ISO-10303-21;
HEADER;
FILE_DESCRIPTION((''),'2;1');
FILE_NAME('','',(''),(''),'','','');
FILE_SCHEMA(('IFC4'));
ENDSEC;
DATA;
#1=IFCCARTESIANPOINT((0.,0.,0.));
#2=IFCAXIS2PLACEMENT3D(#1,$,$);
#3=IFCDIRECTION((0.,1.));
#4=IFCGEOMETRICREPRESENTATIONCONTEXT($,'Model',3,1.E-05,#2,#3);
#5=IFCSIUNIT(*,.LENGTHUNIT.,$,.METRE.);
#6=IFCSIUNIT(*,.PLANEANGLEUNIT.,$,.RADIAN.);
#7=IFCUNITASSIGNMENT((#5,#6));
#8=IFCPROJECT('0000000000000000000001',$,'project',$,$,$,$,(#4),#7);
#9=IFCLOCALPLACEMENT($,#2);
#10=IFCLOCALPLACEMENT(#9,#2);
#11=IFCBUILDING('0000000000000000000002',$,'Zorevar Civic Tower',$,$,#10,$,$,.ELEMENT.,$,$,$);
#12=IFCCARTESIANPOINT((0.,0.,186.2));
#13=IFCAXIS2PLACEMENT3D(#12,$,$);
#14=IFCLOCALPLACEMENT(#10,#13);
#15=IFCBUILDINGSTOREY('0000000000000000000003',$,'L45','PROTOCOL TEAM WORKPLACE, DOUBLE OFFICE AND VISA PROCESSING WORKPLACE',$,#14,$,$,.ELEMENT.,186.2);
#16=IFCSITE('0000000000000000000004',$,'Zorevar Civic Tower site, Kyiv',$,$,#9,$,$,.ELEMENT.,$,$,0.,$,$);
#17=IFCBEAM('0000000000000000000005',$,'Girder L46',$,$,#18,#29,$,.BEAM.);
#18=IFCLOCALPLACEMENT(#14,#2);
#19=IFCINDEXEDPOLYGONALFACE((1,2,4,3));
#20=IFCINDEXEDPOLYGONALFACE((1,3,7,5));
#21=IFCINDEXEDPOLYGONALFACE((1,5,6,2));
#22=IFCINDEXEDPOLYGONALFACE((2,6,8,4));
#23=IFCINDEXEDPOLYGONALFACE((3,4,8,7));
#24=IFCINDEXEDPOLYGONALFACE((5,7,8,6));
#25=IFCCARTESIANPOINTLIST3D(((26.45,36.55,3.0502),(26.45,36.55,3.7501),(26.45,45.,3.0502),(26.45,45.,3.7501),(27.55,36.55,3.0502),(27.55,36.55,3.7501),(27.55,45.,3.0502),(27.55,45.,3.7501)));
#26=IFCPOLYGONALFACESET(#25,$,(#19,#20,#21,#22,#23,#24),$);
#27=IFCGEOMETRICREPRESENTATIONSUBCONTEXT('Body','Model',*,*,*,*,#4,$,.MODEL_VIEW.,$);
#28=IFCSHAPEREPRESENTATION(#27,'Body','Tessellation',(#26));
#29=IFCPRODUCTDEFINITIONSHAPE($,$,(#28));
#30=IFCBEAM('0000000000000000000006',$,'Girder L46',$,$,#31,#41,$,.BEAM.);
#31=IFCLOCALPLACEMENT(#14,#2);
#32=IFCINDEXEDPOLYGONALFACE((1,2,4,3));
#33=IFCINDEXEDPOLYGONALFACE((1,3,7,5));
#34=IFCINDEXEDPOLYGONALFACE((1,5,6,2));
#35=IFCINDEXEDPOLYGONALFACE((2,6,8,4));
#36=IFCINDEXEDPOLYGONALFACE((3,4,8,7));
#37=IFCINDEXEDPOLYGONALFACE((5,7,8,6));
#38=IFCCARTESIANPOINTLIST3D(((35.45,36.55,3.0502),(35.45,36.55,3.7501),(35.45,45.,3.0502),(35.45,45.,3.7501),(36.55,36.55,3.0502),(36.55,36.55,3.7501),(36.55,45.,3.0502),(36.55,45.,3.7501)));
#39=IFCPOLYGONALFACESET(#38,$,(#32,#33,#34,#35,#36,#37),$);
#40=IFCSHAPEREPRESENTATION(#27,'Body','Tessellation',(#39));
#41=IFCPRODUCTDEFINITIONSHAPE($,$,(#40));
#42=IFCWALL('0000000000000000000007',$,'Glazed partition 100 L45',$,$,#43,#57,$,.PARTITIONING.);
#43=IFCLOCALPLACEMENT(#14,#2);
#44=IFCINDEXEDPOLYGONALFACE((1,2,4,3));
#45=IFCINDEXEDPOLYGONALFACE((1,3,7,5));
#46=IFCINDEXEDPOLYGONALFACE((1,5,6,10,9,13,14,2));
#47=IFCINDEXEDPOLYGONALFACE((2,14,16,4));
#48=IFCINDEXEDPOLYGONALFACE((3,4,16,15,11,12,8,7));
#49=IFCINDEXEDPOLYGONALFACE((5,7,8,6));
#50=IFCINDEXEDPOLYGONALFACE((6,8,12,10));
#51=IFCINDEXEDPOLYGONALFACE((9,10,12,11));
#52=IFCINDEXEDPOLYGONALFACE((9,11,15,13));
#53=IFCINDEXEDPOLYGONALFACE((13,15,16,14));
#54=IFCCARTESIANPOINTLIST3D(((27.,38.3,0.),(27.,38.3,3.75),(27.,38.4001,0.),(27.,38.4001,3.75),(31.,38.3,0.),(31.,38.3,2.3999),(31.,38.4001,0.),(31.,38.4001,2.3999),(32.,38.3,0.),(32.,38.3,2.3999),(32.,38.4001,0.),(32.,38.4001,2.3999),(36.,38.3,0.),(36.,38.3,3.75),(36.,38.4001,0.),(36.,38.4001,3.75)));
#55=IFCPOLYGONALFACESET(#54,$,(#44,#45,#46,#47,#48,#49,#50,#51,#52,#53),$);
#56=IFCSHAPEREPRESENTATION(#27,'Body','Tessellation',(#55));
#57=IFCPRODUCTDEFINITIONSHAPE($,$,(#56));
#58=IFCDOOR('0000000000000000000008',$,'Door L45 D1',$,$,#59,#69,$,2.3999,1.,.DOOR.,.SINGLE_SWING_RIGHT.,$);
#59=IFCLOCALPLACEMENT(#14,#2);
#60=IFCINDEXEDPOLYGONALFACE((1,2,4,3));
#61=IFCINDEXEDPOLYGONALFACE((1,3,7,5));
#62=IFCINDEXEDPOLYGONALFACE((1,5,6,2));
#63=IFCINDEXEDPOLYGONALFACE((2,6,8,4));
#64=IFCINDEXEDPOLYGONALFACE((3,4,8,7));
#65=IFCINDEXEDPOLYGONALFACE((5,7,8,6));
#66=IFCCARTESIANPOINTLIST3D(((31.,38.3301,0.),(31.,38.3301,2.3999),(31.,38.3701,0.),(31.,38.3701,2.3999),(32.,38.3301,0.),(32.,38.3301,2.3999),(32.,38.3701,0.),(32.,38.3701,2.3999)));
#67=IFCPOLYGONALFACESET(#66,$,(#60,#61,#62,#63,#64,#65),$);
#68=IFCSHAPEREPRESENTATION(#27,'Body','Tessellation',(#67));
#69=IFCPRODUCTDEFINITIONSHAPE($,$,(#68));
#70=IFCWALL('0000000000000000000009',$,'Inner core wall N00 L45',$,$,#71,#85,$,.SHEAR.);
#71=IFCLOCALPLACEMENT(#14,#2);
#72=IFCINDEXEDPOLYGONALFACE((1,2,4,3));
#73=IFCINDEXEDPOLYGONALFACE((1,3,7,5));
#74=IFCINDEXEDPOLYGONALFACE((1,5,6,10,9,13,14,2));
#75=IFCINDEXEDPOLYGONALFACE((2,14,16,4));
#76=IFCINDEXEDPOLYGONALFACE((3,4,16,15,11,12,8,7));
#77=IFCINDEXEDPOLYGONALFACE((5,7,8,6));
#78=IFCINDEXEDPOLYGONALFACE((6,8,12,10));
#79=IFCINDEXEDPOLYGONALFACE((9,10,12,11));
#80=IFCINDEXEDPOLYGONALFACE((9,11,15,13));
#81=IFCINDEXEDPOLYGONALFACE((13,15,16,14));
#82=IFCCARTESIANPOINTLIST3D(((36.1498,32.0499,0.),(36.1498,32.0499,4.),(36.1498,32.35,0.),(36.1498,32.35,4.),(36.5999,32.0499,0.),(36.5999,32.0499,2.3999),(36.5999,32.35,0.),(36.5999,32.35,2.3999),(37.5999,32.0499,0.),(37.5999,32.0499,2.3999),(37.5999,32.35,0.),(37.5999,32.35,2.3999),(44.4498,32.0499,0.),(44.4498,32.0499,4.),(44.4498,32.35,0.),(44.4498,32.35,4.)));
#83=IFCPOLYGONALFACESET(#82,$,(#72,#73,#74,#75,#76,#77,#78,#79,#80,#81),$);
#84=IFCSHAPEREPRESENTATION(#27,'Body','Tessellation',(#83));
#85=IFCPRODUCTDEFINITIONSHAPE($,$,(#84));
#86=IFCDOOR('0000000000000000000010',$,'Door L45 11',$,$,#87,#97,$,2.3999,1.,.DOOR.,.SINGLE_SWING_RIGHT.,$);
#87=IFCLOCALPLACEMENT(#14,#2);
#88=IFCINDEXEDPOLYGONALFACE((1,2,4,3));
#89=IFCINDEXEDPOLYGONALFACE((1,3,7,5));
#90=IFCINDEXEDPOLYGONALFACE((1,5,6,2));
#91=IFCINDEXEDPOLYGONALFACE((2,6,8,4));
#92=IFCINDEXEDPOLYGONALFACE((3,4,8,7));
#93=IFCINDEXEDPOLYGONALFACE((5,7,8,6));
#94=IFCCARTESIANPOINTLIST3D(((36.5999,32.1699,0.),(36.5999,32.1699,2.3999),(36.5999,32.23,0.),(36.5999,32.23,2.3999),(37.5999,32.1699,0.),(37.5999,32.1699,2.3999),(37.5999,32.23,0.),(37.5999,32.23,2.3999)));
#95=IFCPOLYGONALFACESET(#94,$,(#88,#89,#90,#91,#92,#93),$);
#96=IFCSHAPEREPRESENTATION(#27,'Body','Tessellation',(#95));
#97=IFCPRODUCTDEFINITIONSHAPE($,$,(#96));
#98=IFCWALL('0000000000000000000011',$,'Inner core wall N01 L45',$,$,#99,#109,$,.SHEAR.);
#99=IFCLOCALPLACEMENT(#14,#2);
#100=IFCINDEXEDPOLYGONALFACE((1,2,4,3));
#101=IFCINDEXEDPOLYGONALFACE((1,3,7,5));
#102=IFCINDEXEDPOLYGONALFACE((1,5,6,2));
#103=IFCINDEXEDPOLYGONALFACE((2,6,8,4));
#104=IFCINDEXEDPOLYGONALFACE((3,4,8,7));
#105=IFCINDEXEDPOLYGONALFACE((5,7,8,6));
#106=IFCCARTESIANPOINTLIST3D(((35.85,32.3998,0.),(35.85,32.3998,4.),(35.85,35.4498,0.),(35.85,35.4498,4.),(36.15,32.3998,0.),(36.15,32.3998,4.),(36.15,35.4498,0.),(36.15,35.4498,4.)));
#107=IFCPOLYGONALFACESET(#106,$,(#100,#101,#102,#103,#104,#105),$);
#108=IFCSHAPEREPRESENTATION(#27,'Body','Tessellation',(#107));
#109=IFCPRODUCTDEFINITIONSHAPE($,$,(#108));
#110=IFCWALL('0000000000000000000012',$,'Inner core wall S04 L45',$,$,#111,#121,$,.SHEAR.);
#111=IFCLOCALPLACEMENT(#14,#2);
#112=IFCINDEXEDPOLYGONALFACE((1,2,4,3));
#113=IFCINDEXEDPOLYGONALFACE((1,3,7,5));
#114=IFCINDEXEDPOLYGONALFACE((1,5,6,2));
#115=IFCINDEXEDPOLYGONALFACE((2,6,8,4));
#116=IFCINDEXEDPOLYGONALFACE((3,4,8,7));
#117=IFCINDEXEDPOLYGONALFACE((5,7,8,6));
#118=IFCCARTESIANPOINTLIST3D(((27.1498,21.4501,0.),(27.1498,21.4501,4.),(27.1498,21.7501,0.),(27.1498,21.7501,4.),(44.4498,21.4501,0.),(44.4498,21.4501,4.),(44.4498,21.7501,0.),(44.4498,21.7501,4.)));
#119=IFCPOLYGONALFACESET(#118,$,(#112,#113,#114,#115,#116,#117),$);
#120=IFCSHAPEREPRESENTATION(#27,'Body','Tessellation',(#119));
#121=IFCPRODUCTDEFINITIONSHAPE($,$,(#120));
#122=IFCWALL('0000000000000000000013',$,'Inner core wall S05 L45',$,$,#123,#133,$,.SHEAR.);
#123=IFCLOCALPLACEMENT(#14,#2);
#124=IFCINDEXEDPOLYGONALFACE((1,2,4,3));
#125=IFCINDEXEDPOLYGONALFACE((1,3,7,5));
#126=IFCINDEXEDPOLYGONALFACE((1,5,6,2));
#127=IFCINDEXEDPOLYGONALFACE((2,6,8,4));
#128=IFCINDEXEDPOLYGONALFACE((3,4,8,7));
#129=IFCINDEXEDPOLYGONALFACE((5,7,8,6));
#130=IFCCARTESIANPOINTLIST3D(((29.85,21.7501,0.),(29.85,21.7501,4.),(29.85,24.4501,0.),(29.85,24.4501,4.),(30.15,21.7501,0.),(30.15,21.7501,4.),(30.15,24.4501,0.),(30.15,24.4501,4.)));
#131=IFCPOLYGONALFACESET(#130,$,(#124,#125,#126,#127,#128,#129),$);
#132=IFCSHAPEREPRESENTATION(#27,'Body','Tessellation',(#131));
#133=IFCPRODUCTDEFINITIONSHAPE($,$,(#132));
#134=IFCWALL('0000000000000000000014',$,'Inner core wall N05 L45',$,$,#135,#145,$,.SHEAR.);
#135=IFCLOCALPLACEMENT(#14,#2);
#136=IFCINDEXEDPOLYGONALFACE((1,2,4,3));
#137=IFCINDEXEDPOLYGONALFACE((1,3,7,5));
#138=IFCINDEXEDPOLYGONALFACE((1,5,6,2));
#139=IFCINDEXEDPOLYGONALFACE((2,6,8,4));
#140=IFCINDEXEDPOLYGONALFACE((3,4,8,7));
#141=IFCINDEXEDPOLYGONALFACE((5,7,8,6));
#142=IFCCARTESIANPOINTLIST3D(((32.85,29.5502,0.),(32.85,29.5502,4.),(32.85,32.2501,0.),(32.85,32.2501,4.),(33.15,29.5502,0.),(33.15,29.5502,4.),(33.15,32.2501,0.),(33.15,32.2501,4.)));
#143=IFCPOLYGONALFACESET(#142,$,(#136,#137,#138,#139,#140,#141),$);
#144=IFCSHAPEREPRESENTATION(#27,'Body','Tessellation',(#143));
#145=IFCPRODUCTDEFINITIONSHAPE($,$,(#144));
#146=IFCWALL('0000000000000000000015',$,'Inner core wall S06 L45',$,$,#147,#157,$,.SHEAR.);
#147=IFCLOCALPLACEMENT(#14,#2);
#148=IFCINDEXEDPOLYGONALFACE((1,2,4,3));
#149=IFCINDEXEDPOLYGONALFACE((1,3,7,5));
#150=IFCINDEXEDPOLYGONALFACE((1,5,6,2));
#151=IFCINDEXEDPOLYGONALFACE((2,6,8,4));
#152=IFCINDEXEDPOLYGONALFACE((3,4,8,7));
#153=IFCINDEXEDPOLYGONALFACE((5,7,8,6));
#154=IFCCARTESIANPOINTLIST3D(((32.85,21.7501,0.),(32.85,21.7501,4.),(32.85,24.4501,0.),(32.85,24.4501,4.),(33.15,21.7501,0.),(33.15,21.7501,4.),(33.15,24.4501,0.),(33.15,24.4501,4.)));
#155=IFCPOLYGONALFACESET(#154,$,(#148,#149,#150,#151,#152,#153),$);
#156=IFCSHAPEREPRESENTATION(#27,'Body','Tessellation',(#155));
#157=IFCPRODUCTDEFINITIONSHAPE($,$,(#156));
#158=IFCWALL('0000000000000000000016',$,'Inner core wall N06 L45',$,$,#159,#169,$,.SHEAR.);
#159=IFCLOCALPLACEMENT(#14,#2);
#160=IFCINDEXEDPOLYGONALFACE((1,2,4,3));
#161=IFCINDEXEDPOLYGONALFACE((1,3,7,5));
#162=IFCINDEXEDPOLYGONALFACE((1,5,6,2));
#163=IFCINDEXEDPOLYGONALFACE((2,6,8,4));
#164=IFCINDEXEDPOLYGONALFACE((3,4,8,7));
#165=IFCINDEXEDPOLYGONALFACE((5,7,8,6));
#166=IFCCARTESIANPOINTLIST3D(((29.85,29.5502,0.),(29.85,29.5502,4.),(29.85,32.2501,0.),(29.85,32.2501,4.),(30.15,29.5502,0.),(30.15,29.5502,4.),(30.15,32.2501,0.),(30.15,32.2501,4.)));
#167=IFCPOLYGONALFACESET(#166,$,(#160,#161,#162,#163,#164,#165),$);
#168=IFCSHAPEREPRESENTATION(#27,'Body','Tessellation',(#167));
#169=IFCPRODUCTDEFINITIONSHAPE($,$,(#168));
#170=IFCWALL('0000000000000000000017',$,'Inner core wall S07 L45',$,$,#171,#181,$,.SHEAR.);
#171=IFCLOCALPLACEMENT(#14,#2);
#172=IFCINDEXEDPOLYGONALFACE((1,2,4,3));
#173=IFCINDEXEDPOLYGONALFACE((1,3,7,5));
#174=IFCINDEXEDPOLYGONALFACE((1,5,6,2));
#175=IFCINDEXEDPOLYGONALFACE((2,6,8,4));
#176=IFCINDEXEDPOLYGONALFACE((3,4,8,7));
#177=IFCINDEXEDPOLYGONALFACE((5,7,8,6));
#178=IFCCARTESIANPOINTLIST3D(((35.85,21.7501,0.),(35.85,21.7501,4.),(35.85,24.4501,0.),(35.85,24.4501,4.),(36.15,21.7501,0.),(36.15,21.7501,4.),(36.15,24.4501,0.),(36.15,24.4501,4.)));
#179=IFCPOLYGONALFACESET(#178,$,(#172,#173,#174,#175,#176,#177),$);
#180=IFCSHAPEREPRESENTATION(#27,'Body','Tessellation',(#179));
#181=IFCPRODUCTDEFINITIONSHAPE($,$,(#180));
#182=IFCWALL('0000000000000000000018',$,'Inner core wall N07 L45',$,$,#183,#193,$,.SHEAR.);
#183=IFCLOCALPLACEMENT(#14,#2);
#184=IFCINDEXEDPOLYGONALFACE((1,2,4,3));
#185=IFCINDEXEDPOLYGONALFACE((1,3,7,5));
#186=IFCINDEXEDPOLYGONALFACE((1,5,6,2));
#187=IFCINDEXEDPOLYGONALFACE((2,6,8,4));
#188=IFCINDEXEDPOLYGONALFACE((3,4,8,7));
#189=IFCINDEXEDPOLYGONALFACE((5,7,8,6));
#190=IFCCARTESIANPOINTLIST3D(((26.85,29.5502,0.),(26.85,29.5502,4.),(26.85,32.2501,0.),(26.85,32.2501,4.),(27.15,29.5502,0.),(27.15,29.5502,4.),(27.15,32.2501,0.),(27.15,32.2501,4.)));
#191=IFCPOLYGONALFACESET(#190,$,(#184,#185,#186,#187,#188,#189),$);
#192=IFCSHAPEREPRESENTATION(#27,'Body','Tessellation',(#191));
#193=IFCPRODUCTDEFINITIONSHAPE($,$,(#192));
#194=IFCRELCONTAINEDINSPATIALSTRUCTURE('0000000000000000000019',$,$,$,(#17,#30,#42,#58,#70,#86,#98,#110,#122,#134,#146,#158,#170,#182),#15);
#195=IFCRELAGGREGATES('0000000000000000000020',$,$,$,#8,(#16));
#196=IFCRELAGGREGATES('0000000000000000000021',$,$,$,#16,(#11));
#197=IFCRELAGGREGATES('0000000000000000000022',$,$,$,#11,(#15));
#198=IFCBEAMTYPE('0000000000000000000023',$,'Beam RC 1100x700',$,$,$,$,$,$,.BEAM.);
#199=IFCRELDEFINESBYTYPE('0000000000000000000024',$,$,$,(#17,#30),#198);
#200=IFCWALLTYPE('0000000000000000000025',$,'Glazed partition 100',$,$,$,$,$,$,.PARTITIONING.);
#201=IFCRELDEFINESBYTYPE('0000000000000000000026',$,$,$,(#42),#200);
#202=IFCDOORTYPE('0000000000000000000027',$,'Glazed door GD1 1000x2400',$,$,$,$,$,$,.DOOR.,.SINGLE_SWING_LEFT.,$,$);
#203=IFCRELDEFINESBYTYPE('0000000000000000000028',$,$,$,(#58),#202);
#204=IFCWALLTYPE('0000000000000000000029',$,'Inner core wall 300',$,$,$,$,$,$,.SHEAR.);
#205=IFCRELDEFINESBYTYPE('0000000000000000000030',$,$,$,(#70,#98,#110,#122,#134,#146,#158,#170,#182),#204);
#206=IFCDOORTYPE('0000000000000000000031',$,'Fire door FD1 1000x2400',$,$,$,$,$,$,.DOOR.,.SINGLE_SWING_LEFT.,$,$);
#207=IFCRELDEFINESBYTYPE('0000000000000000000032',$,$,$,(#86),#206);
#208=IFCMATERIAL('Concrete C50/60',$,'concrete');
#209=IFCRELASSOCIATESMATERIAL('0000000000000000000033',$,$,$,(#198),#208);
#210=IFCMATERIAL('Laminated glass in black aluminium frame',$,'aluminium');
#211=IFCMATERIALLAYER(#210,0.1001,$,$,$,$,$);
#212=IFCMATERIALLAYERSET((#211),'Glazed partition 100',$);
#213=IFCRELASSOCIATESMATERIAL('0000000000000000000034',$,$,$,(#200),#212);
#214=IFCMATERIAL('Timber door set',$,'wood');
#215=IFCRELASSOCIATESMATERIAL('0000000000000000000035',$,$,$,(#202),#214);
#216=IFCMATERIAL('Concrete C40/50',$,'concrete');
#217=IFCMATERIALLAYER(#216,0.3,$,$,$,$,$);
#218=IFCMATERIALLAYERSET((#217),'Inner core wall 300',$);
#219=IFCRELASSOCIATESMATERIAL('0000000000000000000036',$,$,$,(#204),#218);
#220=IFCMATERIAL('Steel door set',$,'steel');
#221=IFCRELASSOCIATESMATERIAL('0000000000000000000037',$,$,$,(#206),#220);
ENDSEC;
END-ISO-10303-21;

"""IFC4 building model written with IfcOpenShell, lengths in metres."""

from ifc_helpers import new_model, si_unit, direction, frame, frame_2d, origin, origin_2d, place, context, subcontext, project, spatial, rectangle, extrude, material, layer, layer_set, material_profile, profile_set, type_object, element, fill, save


model = new_model("IFC4")

# Units and contexts
model_context = context("Model", 3, precision=1e-05, world=origin(), true_north=direction((0.0, 1.0)))
body_context = subcontext(model_context, "Body", "Model", "MODEL_VIEW")
ifc_project = project(units=[si_unit("LENGTHUNIT", "METRE"), si_unit("PLANEANGLEUNIT", "RADIAN")], contexts=[model_context])

# Site, building, storey
site_placement = place(None, origin())
site = spatial("IfcSite", under=ifc_project, at=site_placement, Name="Zorevar Civic Tower site, Kyiv", CompositionType="ELEMENT", RefElevation=0.0)
building_placement = place(site_placement, origin())
building = spatial("IfcBuilding", under=site, at=building_placement, Name="Zorevar Civic Tower", CompositionType="ELEMENT")
storey_placement = place(building_placement, frame((0.0, 0.0, 186.2)))
storey = spatial("IfcBuildingStorey", under=building, at=storey_placement, Name="L45", Description="PROTOCOL TEAM WORKPLACE, DOUBLE OFFICE AND VISA PROCESSING WORKPLACE", CompositionType="ELEMENT", Elevation=186.2)

# Beams
ifc_material_1 = material(Name="Concrete C50/60", Category="concrete")
ifc_material_profile = material_profile(ifc_material_1, rectangle(XDim=1.1001, YDim=0.7, at=origin_2d()), Name="RC 1100x700")
ifc_profile_set = profile_set([ifc_material_profile], Name="Concrete C50/60")
beam_type = type_object("IfcBeamType", Name="Beam RC 1100x700", PredefinedType="BEAM", material=ifc_profile_set)
for number, where, z_axis, x_axis, name in (
    (1, (27.0, 36.55, 3.4001), (0.0, 1.0, 0.0), (-1.0, 0.0, 0.0), "Girder L46"),
    (2, (36.0, 36.55, 3.4001), (0.0, 1.0, 0.0), (-1.0, 0.0, 0.0), "Girder L46"),
):
    element("IfcBeam", number, at=place(storey_placement, frame(where, z_axis=z_axis, x_axis=x_axis)), inside=storey, type_object=beam_type, Name=name, PredefinedType="BEAM", context=body_context, shape_type="SweptSolid", body=[
        extrude(rectangle(XDim=1.1001, YDim=0.7, at=origin_2d()), origin(), (0.0, 0.0, 1.0), 8.45),
    ])

# Walls, openings, doors
ifc_material_2 = material(Name="Laminated glass in black aluminium frame", Category="aluminium")
ifc_layer_1 = layer(ifc_material_2, 0.1001)
ifc_layer_set_1 = layer_set([ifc_layer_1], Name="Glazed partition 100")
wall_type_1 = type_object("IfcWallType", Name="Glazed partition 100", PredefinedType="PARTITIONING", material=ifc_layer_set_1)
wall_1_placement = place(storey_placement, frame((27.0, 38.3501, 0.0), z_axis=(0.0, 0.0, 1.0), x_axis=(1.0, 0.0, 0.0)))
wall_1 = element("IfcWall", 3, at=wall_1_placement, inside=storey, type_object=wall_type_1, Name="Glazed partition 100 L45", PredefinedType="PARTITIONING", context=body_context, shape_type="SweptSolid", body=[
    extrude(rectangle(XDim=9.0, YDim=0.1001, at=frame_2d((4.5, 0.0))), origin(), (0.0, 0.0, 1.0), 3.75),
])
opening_1_placement = place(wall_1_placement, frame((4.0, 0.0, 0.0)))
opening_1 = element("IfcOpeningElement", 4, at=opening_1_placement, cuts=wall_1, PredefinedType="OPENING", context=body_context, shape_type="SweptSolid", body=[
    extrude(rectangle(XDim=1.0, YDim=2.3999, at=frame_2d((0.5, 1.2))), frame((0.0, 0.0601, 0.0), z_axis=(0.0, -1.0, 0.0), x_axis=(1.0, 0.0, 0.0)), (0.0, 0.0, 1.0), 0.1201),
])
ifc_material_3 = material(Name="Timber door set", Category="wood")
door_type_1 = type_object("IfcDoorType", Name="Glazed door GD1 1000x2400", OperationType="SINGLE_SWING_LEFT", PredefinedType="DOOR", material=ifc_material_3)
door_1_placement = place(opening_1_placement, origin())
door_1 = element("IfcDoor", 5, at=door_1_placement, inside=storey, type_object=door_type_1, Name="Door L45 D1", OperationType="SINGLE_SWING_RIGHT", OverallHeight=2.3999, OverallWidth=1.0, PredefinedType="DOOR", context=body_context, shape_type="SweptSolid", body=[
    extrude(rectangle(XDim=1.0, YDim=2.3999, at=frame_2d((0.5, 1.2))), frame((0.0, 0.02, 0.0), z_axis=(0.0, -1.0, 0.0), x_axis=(1.0, 0.0, 0.0)), (0.0, 0.0, 1.0), 0.04),
])
fill(opening_1, door_1)
ifc_material_4 = material(Name="Concrete C40/50", Category="concrete")
ifc_layer_2 = layer(ifc_material_4, 0.3)
ifc_layer_set_2 = layer_set([ifc_layer_2], Name="Inner core wall 300")
wall_type_2 = type_object("IfcWallType", Name="Inner core wall 300", PredefinedType="SHEAR", material=ifc_layer_set_2)
wall_2_placement = place(storey_placement, frame((36.1499, 32.2, 0.0), z_axis=(0.0, 0.0, 1.0), x_axis=(1.0, 0.0, 0.0)))
wall_2 = element("IfcWall", 6, at=wall_2_placement, inside=storey, type_object=wall_type_2, Name="Inner core wall N00 L45", PredefinedType="SHEAR", context=body_context, shape_type="SweptSolid", body=[
    extrude(rectangle(XDim=8.3, YDim=0.3, at=frame_2d((4.1499, 0.0))), origin(), (0.0, 0.0, 1.0), 4.0),
])
opening_2_placement = place(wall_2_placement, frame((0.45, 0.0, 0.0)))
opening_2 = element("IfcOpeningElement", 7, at=opening_2_placement, cuts=wall_2, PredefinedType="OPENING", context=body_context, shape_type="SweptSolid", body=[
    extrude(rectangle(XDim=1.0, YDim=2.3999, at=frame_2d((0.5, 1.2))), frame((0.0, 0.1599, 0.0), z_axis=(0.0, -1.0, 0.0), x_axis=(1.0, 0.0, 0.0)), (0.0, 0.0, 1.0), 0.3201),
])
ifc_material_5 = material(Name="Steel door set", Category="steel")
door_type_2 = type_object("IfcDoorType", Name="Fire door FD1 1000x2400", OperationType="SINGLE_SWING_LEFT", PredefinedType="DOOR", material=ifc_material_5)
door_2_placement = place(opening_2_placement, origin())
door_2 = element("IfcDoor", 8, at=door_2_placement, inside=storey, type_object=door_type_2, Name="Door L45 11", OperationType="SINGLE_SWING_RIGHT", OverallHeight=2.3999, OverallWidth=1.0, PredefinedType="DOOR", context=body_context, shape_type="SweptSolid", body=[
    extrude(rectangle(XDim=1.0, YDim=2.3999, at=frame_2d((0.5, 1.2))), frame((0.0, 0.03, 0.0), z_axis=(0.0, -1.0, 0.0), x_axis=(1.0, 0.0, 0.0)), (0.0, 0.0, 1.0), 0.0601),
])
fill(opening_2, door_2)

# Walls
wall_3_placement = place(storey_placement, frame((36.0, 32.3999, 0.0), z_axis=(0.0, 0.0, 1.0), x_axis=(0.0, 1.0, 0.0)))
element("IfcWall", 9, at=wall_3_placement, inside=storey, type_object=wall_type_2, Name="Inner core wall N01 L45", PredefinedType="SHEAR", context=body_context, shape_type="SweptSolid", body=[
    extrude(rectangle(XDim=3.05, YDim=0.3, at=frame_2d((1.5249, 0.0))), origin(), (0.0, 0.0, 1.0), 4.0),
])
wall_4_placement = place(storey_placement, frame((27.1499, 21.6001, 0.0), z_axis=(0.0, 0.0, 1.0), x_axis=(1.0, 0.0, 0.0)))
element("IfcWall", 10, at=wall_4_placement, inside=storey, type_object=wall_type_2, Name="Inner core wall S04 L45", PredefinedType="SHEAR", context=body_context, shape_type="SweptSolid", body=[
    extrude(rectangle(XDim=17.3, YDim=0.3, at=frame_2d((8.6499, 0.0))), origin(), (0.0, 0.0, 1.0), 4.0),
])
for number, where, z_axis, x_axis, name in (
    (11, (30.0, 21.75, 0.0), (0.0, 0.0, 1.0), (0.0, 1.0, 0.0), "Inner core wall S05 L45"),
    (12, (33.0, 29.55, 0.0), (0.0, 0.0, 1.0), (0.0, 1.0, 0.0), "Inner core wall N05 L45"),
    (13, (33.0, 21.75, 0.0), (0.0, 0.0, 1.0), (0.0, 1.0, 0.0), "Inner core wall S06 L45"),
    (14, (30.0, 29.55, 0.0), (0.0, 0.0, 1.0), (0.0, 1.0, 0.0), "Inner core wall N06 L45"),
    (15, (36.0, 21.75, 0.0), (0.0, 0.0, 1.0), (0.0, 1.0, 0.0), "Inner core wall S07 L45"),
    (16, (27.0, 29.55, 0.0), (0.0, 0.0, 1.0), (0.0, 1.0, 0.0), "Inner core wall N07 L45"),
):
    element("IfcWall", number, at=place(storey_placement, frame(where, z_axis=z_axis, x_axis=x_axis)), inside=storey, type_object=wall_type_2, Name=name, PredefinedType="SHEAR", context=body_context, shape_type="SweptSolid", body=[
        extrude(rectangle(XDim=2.7, YDim=0.3, at=frame_2d((1.3501, 0.0))), origin(), (0.0, 0.0, 1.0), 4.0),
    ])

save(model, "model.ifc")
